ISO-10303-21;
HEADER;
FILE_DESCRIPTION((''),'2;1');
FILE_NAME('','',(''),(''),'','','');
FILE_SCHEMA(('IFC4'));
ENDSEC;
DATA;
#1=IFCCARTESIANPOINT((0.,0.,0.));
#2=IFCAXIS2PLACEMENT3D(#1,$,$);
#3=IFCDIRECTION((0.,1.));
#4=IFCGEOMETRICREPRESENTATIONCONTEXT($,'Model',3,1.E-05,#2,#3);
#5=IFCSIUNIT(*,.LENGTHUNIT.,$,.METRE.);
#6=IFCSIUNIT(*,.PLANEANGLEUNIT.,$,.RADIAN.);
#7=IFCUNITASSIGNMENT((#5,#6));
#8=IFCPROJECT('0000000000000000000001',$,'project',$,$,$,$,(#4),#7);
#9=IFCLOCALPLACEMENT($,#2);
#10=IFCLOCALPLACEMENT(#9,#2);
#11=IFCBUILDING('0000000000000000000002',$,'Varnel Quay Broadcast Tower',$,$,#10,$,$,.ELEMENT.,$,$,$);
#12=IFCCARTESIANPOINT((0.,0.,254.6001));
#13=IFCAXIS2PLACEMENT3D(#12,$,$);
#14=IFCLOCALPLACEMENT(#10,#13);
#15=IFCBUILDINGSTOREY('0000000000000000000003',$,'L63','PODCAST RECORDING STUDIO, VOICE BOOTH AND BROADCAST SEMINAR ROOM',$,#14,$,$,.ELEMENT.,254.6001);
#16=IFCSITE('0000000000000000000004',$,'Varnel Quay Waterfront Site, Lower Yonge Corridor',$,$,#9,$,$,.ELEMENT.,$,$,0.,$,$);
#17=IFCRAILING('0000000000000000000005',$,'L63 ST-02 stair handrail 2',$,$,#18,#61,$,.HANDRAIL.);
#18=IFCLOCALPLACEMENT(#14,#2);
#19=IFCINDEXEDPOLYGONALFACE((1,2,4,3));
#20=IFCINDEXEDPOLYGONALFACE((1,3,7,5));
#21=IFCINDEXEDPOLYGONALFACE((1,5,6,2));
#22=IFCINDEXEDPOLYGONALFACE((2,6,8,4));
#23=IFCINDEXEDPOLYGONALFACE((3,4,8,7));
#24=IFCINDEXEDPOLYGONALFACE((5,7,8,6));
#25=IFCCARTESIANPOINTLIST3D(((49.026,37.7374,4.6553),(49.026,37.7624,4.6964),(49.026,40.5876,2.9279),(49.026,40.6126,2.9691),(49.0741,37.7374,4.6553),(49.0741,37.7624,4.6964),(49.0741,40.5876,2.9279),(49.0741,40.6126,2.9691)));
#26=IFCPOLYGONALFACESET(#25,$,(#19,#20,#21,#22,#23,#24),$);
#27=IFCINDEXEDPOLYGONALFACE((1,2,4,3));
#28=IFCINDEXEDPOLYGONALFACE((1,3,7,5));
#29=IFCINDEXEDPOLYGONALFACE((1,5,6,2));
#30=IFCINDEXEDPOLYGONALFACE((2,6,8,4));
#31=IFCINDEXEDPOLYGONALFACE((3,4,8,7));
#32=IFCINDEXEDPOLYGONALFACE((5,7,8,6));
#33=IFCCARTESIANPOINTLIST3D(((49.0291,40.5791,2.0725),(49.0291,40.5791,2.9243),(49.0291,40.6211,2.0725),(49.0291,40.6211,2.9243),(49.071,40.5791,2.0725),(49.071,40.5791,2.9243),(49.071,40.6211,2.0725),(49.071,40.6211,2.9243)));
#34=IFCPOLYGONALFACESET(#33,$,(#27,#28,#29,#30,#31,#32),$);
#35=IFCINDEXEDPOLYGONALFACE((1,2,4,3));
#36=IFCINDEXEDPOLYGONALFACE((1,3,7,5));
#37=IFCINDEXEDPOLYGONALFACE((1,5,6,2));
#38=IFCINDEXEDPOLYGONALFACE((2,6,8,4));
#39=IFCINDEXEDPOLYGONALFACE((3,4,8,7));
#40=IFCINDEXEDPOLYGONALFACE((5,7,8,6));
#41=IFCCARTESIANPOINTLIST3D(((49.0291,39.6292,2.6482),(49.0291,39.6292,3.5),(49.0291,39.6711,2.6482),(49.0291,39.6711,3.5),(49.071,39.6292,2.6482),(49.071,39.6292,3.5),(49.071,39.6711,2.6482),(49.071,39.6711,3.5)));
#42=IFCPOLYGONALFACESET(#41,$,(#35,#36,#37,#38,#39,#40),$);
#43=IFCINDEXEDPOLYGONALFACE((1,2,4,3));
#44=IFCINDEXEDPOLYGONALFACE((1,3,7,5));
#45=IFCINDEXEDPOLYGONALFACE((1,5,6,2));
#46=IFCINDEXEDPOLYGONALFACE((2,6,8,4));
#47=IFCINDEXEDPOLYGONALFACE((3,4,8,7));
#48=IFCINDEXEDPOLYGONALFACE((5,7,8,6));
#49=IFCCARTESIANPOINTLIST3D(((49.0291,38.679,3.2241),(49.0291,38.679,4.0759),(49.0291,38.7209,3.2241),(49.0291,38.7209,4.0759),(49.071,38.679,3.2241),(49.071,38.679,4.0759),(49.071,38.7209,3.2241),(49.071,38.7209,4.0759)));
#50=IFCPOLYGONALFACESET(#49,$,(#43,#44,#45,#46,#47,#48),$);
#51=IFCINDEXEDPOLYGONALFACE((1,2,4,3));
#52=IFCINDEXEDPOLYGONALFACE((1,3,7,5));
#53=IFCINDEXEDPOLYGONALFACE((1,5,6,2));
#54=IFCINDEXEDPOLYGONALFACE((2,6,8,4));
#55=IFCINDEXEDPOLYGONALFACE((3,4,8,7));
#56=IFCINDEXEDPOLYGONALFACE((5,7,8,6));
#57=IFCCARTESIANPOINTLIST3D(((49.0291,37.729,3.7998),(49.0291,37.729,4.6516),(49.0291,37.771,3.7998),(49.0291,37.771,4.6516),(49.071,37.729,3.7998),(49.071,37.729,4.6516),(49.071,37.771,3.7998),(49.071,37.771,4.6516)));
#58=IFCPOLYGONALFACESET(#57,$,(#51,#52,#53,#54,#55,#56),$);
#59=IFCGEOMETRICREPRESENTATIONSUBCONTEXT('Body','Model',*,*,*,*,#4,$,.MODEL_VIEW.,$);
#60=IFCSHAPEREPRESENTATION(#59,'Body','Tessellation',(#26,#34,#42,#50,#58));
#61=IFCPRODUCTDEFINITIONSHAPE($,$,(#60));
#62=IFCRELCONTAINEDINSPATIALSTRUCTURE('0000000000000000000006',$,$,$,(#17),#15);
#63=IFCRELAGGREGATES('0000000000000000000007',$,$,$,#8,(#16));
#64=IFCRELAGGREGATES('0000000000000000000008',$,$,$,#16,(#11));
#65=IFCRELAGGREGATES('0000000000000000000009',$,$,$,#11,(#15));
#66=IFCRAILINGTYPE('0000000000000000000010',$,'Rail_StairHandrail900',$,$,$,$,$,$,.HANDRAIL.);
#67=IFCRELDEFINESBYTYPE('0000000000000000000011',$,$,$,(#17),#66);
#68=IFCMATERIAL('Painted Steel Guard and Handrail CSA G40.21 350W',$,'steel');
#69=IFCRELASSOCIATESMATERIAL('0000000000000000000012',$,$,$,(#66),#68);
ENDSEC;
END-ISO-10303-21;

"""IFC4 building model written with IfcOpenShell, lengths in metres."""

from ifc_helpers import new_model, si_unit, direction, frame, origin, origin_2d, place, context, subcontext, project, spatial, rectangle, extrude, material, type_object, element, save


model = new_model("IFC4")

# Units and contexts
model_context = context("Model", 3, precision=1e-05, world=origin(), true_north=direction((0.0, 1.0)))
body_context = subcontext(model_context, "Body", "Model", "MODEL_VIEW")
ifc_project = project(units=[si_unit("LENGTHUNIT", "METRE"), si_unit("PLANEANGLEUNIT", "RADIAN")], contexts=[model_context])

# Site, building, storey
site_placement = place(None, origin())
site = spatial("IfcSite", under=ifc_project, at=site_placement, Name="Varnel Quay Waterfront Site, Lower Yonge Corridor", CompositionType="ELEMENT", RefElevation=0.0)
building_placement = place(site_placement, origin())
building = spatial("IfcBuilding", under=site, at=building_placement, Name="Varnel Quay Broadcast Tower", CompositionType="ELEMENT")
storey_placement = place(building_placement, frame((0.0, 0.0, 254.6001)))
storey = spatial("IfcBuildingStorey", under=building, at=storey_placement, Name="L63", Description="PODCAST RECORDING STUDIO, VOICE BOOTH AND BROADCAST SEMINAR ROOM", CompositionType="ELEMENT", Elevation=254.6001)

# Railing
ifc_material_1 = material(Name="Painted Steel Guard and Handrail CSA G40.21 350W", Category="steel")
railing_type_1 = type_object("IfcRailingType", Name="Rail_StairHandrail900", PredefinedType="HANDRAIL", material=ifc_material_1)
railing_1_placement = place(storey_placement, frame((49.05, 40.6001, 2.0725)))
element("IfcRailing", 1, at=railing_1_placement, inside=storey, type_object=railing_type_1, Name="L63 ST-02 stair handrail 2", PredefinedType="HANDRAIL", context=body_context, shape_type="SweptSolid", body=[
    extrude(rectangle(XDim=0.0481, YDim=0.0481, at=origin_2d()), frame((0.0, 0.0, 0.876), z_axis=(0.0, -0.855203, 0.518294), x_axis=(1.0, 0.0, 0.0)), (0.0, 0.0, 1.0), 3.3328),
    extrude(rectangle(XDim=0.042, YDim=0.042, at=origin_2d()), origin(), (0.0, 0.0, 1.0), 0.8518),
    extrude(rectangle(XDim=0.042, YDim=0.042, at=origin_2d()), frame((0.0, -0.95, 0.5757)), (0.0, 0.0, 1.0), 0.8518),
    extrude(rectangle(XDim=0.042, YDim=0.042, at=origin_2d()), frame((0.0, -1.9001, 1.1516)), (0.0, 0.0, 1.0), 0.8518),
    extrude(rectangle(XDim=0.042, YDim=0.042, at=origin_2d()), frame((0.0, -2.8501, 1.7273)), (0.0, 0.0, 1.0), 0.8518),
])

save(model, "model.ifc")
